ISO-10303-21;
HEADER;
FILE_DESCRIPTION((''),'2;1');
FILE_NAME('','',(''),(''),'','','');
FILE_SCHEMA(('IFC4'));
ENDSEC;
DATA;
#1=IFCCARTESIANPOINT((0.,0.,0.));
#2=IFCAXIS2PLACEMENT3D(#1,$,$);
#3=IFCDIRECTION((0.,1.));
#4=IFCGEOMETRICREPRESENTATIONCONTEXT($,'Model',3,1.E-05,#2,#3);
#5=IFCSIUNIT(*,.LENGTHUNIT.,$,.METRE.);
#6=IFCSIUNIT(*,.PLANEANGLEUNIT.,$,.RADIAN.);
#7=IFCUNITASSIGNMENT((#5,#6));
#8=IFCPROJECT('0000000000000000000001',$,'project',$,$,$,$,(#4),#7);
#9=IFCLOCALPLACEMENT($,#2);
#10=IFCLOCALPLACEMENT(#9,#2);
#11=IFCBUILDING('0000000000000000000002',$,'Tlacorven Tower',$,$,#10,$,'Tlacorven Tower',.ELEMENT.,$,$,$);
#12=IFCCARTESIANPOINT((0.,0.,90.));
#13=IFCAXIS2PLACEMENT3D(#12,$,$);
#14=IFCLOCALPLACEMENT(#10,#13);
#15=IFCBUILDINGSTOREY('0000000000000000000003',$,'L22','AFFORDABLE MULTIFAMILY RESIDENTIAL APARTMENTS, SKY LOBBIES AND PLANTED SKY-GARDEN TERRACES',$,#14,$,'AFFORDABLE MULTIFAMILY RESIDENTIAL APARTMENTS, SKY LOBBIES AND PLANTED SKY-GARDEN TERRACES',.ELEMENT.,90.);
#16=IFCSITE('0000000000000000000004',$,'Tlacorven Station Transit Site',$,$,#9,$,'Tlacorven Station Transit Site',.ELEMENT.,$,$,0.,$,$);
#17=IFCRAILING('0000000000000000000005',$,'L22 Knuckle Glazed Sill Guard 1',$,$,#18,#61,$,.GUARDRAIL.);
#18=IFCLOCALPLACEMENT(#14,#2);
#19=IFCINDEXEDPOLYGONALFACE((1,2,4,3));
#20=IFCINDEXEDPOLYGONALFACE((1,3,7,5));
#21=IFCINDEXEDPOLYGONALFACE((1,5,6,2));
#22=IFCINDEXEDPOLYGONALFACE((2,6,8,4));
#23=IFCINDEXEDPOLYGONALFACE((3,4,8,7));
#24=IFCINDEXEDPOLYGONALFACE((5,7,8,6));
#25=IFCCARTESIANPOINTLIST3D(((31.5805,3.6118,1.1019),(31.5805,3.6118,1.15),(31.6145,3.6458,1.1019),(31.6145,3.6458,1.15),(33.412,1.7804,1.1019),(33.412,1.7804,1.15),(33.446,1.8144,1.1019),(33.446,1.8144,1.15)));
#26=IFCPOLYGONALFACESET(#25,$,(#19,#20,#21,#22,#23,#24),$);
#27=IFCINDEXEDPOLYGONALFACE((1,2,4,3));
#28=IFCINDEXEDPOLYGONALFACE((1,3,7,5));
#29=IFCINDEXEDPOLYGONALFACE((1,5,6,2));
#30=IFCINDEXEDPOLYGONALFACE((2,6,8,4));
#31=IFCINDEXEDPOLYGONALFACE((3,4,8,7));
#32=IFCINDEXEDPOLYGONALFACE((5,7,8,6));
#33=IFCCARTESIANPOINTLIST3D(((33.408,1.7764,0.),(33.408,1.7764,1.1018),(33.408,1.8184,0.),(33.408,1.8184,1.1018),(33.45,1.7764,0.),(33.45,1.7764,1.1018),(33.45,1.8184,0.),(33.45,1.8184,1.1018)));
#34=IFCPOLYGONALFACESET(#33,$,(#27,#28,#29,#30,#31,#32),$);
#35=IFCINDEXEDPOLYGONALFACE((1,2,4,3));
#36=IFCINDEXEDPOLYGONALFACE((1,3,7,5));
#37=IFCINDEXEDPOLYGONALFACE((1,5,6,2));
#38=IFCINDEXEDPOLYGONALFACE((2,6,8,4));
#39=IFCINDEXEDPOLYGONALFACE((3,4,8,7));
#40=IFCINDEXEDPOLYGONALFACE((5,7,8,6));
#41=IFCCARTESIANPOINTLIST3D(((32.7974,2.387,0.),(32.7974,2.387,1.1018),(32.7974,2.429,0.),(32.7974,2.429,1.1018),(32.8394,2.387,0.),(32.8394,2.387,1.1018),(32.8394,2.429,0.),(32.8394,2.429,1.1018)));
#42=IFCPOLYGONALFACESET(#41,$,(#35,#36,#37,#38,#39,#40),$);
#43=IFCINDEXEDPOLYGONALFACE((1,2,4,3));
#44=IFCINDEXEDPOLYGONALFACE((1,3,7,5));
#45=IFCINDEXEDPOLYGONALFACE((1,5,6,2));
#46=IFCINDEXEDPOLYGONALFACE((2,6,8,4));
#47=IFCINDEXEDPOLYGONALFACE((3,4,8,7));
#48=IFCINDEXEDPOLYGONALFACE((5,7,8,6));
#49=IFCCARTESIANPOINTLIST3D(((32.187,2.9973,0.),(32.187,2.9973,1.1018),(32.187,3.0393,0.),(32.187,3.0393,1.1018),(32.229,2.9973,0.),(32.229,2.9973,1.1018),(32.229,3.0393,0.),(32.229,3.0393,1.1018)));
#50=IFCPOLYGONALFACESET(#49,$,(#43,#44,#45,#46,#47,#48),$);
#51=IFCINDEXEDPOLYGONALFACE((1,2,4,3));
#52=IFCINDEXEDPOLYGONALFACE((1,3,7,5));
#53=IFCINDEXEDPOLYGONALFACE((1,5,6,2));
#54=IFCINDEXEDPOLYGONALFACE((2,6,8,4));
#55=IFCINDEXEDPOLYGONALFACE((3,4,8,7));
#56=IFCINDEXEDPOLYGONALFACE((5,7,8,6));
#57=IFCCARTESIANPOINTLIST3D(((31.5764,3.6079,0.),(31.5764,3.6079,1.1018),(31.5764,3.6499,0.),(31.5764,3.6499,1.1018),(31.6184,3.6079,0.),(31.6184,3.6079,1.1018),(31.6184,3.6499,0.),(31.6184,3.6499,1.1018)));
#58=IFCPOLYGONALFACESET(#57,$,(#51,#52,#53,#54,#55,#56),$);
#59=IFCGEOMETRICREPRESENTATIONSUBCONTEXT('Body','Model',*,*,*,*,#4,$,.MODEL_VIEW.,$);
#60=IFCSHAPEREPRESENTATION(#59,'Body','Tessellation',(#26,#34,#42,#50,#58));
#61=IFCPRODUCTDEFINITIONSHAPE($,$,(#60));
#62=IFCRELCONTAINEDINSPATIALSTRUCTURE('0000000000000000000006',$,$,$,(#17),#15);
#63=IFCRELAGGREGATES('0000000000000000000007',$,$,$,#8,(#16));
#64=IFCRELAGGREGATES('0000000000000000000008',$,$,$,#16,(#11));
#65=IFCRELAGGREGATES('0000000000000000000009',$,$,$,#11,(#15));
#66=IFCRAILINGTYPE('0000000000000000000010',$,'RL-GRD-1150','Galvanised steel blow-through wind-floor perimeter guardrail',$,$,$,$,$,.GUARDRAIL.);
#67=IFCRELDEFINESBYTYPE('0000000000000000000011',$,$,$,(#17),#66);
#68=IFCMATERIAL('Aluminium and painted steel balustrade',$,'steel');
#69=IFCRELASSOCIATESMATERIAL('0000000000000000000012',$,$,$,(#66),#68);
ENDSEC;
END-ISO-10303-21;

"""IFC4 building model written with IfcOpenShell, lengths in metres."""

from ifc_helpers import new_model, si_unit, direction, frame, origin, origin_2d, place, context, subcontext, project, spatial, rectangle, extrude, source, transform, mapped, material, type_object, element, save


model = new_model("IFC4")

# Units and contexts
model_context = context("Model", 3, precision=1e-05, world=origin(), true_north=direction((0.0, 1.0)))
body_context = subcontext(model_context, "Body", "Model", "MODEL_VIEW")
ifc_project = project(units=[si_unit("LENGTHUNIT", "METRE"), si_unit("PLANEANGLEUNIT", "RADIAN")], contexts=[model_context])

# Site, building, storey
site_placement = place(None, origin())
site = spatial("IfcSite", under=ifc_project, at=site_placement, Name="Tlacorven Station Transit Site", LongName="Tlacorven Station Transit Site", CompositionType="ELEMENT", RefElevation=0.0)
building_placement = place(site_placement, origin())
building = spatial("IfcBuilding", under=site, at=building_placement, Name="Tlacorven Tower", LongName="Tlacorven Tower", CompositionType="ELEMENT")
storey_placement = place(building_placement, frame((0.0, 0.0, 90.0)))
storey = spatial("IfcBuildingStorey", under=building, at=storey_placement, Name="L22", Description="AFFORDABLE MULTIFAMILY RESIDENTIAL APARTMENTS, SKY LOBBIES AND PLANTED SKY-GARDEN TERRACES", LongName="AFFORDABLE MULTIFAMILY RESIDENTIAL APARTMENTS, SKY LOBBIES AND PLANTED SKY-GARDEN TERRACES", CompositionType="ELEMENT", Elevation=90.0)

# Railing
ifc_material_1 = material(Name="Aluminium and painted steel balustrade", Category="steel")
railing_type = type_object("IfcRailingType", Name="RL-GRD-1150", Description="Galvanised steel blow-through wind-floor perimeter guardrail", PredefinedType="GUARDRAIL", material=ifc_material_1)
shared_shape_1 = source(origin(), body_context, "Body", "SweptSolid", [
    extrude(rectangle(XDim=0.0481, YDim=0.0481, at=origin_2d()), frame((0.0, 0.0, 1.126), z_axis=(-0.707107, 0.707107, 0.0), x_axis=(-0.707107, -0.707107, 0.0)), (0.0, 0.0, 1.0), 2.5901),
    extrude(rectangle(XDim=0.042, YDim=0.042, at=origin_2d()), origin(), (0.0, 0.0, 1.0), 1.1018),
    extrude(rectangle(XDim=0.042, YDim=0.042, at=origin_2d()), frame((-0.6106, 0.6106, 0.0)), (0.0, 0.0, 1.0), 1.1018),
    extrude(rectangle(XDim=0.042, YDim=0.042, at=origin_2d()), frame((-1.2209, 1.2209, 0.0)), (0.0, 0.0, 1.0), 1.1018),
    extrude(rectangle(XDim=0.042, YDim=0.042, at=origin_2d()), frame((-1.8315, 1.8315, 0.0)), (0.0, 0.0, 1.0), 1.1018),
])
railing_placement = place(storey_placement, frame((33.429, 1.7974, 0.0)))
element("IfcRailing", 1, at=railing_placement, inside=storey, type_object=railing_type, Name="L22 Knuckle Glazed Sill Guard 1", PredefinedType="GUARDRAIL", context=body_context, shape_type="MappedRepresentation", body=[
    mapped(shared_shape_1, transform((0.0, 0.0, 0.0), scale=1.0)),
])

save(model, "model.ifc")
